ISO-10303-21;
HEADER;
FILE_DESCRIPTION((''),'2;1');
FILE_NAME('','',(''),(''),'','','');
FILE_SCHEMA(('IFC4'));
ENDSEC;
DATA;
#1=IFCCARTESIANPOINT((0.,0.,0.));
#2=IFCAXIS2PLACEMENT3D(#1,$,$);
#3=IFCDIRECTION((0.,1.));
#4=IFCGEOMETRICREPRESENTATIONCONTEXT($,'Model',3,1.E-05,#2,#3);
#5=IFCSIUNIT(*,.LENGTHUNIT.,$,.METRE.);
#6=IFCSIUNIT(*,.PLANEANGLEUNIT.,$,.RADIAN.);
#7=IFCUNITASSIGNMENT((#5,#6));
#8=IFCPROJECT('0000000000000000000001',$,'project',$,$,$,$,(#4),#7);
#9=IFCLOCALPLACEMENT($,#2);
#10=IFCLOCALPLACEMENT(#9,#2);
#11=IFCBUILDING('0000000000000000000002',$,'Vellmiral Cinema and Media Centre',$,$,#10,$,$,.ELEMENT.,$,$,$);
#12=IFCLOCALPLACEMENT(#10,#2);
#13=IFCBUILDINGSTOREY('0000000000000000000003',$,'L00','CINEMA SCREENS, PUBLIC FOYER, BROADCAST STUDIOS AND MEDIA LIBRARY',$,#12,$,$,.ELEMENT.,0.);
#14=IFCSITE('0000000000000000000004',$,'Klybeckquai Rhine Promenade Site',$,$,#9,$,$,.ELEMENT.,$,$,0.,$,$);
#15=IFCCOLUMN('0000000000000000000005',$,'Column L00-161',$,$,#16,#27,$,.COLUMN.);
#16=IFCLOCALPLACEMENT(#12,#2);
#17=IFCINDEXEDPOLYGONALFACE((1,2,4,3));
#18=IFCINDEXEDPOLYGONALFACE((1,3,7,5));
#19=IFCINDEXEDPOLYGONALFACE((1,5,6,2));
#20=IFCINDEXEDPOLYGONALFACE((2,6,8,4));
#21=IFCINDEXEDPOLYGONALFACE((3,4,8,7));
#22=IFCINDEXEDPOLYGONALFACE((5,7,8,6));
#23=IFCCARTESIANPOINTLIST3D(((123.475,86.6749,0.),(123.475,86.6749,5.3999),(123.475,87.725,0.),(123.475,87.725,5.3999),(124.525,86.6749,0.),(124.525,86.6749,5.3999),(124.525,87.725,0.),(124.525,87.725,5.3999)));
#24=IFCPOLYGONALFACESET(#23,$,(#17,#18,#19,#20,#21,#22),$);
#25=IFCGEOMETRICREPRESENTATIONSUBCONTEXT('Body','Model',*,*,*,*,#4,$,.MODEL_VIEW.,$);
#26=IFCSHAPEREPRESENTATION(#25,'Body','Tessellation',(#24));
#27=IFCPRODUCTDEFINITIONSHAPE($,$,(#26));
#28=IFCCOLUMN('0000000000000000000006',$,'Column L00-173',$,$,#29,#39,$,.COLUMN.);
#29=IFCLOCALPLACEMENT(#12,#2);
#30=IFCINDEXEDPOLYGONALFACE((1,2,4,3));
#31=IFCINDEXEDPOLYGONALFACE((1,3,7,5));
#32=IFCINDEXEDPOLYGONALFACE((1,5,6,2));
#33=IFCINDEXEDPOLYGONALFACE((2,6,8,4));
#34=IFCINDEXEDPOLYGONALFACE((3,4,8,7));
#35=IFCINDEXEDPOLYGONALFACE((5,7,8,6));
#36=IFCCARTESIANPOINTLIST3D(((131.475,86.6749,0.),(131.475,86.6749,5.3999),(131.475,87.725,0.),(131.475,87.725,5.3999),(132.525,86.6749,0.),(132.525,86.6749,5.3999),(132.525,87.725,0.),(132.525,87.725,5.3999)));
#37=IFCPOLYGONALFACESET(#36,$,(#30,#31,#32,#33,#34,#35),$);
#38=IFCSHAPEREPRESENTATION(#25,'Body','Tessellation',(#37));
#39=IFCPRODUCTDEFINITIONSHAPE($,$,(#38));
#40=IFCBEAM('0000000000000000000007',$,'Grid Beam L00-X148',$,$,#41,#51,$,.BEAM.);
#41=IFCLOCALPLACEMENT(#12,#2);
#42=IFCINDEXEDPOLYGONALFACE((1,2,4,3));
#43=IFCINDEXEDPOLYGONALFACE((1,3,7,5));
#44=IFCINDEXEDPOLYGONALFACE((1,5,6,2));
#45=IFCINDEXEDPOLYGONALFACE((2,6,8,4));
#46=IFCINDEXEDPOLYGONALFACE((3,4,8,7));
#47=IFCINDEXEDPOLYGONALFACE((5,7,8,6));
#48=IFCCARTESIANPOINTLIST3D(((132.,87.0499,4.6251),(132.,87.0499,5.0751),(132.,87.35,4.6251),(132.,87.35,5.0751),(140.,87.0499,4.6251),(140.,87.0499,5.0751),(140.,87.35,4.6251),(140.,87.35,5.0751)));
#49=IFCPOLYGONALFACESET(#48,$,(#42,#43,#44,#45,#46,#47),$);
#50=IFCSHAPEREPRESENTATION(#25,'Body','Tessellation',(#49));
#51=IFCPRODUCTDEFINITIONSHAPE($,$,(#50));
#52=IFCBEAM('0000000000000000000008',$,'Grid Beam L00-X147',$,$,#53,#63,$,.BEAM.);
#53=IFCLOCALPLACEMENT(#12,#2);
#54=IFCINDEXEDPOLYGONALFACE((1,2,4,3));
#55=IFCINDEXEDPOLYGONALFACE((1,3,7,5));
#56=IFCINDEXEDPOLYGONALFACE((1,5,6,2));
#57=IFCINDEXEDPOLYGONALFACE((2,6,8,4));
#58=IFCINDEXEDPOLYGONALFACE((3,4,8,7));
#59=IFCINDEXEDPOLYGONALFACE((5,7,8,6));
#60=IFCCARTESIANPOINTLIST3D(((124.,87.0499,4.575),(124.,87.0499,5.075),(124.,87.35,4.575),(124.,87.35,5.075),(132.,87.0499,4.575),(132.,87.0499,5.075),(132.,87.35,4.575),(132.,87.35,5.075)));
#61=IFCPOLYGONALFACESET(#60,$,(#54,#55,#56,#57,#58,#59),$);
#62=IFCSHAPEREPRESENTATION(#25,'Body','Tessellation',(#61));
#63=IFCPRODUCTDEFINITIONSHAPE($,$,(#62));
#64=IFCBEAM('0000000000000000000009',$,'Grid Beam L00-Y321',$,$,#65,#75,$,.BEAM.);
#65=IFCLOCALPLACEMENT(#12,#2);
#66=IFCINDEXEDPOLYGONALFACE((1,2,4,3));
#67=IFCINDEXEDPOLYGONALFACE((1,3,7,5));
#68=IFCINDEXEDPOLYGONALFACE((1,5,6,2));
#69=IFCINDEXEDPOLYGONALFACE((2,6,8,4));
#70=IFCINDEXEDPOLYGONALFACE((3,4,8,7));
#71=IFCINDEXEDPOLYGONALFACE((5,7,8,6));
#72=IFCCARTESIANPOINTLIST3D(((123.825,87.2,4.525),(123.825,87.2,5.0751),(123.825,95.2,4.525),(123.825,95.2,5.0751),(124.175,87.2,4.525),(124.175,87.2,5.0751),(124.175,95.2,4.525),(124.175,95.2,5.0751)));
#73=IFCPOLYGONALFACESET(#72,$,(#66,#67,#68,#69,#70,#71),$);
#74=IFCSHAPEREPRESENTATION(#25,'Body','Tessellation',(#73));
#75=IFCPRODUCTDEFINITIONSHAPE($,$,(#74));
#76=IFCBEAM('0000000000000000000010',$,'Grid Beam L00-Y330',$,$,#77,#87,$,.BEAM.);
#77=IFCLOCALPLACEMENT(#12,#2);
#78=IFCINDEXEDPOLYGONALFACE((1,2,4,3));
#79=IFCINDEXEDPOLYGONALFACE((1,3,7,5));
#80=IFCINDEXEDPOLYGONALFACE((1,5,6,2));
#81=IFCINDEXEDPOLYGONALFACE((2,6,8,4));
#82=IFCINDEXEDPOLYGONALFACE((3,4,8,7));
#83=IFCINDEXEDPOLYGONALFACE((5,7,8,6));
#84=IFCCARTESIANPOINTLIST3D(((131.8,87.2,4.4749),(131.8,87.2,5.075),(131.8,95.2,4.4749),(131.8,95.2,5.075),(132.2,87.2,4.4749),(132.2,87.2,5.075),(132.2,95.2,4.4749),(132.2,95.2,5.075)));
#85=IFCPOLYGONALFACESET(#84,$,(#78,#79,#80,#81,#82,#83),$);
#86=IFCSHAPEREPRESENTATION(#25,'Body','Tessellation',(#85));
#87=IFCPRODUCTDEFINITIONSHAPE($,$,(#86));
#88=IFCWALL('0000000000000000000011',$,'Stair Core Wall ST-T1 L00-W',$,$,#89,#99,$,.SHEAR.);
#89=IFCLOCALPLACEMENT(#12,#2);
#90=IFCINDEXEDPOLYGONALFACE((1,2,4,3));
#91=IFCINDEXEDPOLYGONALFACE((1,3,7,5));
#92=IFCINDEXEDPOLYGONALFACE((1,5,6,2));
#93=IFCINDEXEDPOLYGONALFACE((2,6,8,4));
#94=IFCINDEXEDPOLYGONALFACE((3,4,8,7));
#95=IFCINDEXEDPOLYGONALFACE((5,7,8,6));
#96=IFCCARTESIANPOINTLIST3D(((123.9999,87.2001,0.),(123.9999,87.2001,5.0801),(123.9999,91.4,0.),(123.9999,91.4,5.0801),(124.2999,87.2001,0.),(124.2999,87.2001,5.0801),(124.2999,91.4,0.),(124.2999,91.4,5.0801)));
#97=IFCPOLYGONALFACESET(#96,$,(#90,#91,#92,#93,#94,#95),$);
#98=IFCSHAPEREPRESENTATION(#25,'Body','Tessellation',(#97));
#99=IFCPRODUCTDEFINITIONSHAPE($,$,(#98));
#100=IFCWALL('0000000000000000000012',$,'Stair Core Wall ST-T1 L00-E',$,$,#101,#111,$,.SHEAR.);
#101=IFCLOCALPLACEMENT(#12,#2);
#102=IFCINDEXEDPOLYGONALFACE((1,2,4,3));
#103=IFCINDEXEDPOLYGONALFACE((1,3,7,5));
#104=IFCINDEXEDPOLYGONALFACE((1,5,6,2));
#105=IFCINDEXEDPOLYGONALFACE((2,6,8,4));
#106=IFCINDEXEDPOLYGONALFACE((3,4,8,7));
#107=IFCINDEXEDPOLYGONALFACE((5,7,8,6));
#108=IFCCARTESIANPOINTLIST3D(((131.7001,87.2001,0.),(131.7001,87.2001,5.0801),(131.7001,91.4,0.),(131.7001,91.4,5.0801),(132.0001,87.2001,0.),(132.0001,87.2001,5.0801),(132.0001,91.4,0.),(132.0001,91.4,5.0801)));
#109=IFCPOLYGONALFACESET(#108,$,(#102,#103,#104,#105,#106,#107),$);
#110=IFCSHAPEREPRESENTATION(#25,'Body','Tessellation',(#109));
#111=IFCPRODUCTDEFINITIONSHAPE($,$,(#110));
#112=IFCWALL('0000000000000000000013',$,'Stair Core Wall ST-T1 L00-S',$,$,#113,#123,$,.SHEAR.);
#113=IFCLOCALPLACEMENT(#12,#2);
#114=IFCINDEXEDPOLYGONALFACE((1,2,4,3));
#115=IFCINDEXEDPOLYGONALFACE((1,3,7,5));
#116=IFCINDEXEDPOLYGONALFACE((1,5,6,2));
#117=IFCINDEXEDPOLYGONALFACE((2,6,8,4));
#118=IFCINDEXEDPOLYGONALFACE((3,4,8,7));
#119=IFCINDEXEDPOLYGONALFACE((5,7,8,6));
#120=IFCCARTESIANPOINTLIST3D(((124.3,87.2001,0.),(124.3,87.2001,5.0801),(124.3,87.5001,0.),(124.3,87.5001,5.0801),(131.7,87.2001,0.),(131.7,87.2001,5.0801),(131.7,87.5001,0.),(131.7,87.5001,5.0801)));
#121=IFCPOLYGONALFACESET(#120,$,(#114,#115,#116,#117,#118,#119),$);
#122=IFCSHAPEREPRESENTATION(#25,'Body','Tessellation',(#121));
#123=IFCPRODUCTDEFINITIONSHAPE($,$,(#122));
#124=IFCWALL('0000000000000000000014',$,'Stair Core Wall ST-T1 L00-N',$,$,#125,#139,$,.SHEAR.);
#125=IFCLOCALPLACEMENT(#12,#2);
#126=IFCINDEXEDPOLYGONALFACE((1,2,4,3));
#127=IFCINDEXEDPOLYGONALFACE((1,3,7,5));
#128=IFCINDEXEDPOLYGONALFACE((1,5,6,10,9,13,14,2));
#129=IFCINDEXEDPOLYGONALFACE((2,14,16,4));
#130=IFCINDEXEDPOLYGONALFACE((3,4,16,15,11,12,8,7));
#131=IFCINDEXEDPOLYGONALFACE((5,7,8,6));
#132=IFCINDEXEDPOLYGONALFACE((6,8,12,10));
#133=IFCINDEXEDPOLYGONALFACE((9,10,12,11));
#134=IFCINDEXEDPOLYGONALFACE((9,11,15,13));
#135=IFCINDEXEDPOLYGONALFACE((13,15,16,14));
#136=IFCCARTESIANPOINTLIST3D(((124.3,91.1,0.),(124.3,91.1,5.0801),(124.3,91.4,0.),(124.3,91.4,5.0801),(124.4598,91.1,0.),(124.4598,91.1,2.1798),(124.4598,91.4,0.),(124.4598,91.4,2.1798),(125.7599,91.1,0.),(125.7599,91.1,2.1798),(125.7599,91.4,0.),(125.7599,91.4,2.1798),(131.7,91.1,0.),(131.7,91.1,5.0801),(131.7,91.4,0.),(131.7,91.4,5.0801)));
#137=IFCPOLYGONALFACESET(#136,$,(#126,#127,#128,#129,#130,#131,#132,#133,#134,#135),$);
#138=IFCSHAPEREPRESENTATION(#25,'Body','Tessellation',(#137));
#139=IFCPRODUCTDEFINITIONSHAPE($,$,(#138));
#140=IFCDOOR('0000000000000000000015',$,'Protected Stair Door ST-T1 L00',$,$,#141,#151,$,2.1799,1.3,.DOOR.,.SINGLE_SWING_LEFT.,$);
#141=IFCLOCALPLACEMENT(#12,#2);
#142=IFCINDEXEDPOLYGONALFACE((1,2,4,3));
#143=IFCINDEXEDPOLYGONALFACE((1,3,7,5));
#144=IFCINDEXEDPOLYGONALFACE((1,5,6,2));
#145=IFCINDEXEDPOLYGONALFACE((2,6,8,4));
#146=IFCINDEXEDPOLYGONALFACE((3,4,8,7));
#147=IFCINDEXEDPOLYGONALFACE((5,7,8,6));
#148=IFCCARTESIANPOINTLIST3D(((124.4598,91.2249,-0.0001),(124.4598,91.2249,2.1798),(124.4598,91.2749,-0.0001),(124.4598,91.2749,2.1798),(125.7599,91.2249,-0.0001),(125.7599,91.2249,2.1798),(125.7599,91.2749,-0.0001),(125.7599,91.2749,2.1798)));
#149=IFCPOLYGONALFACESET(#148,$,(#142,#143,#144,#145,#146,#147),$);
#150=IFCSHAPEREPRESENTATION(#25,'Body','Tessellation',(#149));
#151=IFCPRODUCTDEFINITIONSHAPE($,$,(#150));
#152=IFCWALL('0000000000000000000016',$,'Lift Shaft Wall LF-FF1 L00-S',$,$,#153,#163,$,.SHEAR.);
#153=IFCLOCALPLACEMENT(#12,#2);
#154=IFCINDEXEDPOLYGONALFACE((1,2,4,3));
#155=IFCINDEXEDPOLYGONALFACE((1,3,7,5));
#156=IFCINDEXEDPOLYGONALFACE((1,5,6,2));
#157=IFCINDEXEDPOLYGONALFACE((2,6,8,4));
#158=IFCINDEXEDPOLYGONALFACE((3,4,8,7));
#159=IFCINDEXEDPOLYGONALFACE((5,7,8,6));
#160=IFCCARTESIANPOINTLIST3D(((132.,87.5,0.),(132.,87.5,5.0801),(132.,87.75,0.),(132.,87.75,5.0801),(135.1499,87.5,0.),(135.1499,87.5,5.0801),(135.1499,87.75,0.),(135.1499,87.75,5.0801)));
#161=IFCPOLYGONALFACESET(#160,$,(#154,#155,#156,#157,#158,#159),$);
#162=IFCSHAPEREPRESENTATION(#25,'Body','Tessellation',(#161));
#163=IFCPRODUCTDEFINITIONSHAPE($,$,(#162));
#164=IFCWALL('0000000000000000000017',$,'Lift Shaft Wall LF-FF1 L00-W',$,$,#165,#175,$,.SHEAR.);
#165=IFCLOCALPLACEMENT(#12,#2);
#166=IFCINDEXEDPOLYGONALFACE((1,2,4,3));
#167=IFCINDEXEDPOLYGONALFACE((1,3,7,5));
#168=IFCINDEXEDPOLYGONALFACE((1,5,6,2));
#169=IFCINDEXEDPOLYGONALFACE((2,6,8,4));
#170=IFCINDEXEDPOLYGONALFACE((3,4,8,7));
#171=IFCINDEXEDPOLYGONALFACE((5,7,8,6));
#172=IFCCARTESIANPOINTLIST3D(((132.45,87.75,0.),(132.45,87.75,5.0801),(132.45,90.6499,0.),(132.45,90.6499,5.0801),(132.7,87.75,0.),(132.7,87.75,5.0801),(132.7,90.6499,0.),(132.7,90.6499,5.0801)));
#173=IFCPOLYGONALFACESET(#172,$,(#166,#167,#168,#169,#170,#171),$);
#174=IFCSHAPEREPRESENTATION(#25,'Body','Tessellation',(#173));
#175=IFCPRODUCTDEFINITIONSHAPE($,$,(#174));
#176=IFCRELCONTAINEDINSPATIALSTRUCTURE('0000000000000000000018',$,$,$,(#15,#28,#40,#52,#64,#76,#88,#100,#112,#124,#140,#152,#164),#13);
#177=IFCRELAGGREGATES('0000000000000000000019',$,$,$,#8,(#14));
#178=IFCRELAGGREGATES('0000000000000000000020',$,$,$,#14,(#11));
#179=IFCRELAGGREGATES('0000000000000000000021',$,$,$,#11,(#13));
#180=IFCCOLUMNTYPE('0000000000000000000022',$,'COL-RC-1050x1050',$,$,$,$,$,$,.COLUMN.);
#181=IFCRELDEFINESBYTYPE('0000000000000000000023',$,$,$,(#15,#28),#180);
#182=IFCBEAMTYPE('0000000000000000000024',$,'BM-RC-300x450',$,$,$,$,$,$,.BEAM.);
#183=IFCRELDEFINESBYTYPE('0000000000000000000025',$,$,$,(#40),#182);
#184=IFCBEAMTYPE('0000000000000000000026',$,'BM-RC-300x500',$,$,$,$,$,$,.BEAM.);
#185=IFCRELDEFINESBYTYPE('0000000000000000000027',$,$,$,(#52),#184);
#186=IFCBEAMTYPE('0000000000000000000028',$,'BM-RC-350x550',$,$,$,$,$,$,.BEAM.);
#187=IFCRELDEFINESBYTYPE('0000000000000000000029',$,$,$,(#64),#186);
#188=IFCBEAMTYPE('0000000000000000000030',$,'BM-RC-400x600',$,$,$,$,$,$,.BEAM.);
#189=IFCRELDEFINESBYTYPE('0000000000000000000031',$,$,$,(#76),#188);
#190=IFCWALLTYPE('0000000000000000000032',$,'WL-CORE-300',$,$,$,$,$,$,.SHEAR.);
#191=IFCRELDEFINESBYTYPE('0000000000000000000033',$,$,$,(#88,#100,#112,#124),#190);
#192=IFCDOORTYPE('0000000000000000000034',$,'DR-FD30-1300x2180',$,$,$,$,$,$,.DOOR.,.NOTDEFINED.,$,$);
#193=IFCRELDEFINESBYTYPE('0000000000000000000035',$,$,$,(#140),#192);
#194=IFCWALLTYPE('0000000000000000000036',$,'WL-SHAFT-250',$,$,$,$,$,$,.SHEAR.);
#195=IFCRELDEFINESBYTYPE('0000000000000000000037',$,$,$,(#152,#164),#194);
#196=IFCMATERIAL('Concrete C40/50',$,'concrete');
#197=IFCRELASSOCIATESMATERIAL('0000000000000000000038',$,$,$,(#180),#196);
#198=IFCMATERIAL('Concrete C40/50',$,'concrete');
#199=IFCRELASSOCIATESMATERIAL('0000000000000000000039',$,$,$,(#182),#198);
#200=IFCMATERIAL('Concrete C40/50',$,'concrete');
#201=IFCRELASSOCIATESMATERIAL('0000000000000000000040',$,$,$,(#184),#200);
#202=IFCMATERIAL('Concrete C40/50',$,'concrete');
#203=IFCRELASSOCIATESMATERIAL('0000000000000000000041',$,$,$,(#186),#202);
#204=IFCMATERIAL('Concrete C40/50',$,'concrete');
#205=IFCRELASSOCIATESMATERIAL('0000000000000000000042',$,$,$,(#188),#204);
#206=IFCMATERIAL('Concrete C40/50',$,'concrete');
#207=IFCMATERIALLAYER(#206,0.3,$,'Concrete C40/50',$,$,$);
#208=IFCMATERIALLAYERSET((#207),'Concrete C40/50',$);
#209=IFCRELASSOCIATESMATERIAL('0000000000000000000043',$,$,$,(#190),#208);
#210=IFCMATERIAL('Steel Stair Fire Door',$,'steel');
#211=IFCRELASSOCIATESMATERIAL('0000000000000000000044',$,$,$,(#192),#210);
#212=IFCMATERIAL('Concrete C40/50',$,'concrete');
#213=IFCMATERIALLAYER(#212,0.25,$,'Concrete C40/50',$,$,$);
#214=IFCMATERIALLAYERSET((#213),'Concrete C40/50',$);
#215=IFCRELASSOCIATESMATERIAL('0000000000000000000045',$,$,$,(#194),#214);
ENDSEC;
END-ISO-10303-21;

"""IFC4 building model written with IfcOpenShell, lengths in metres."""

from ifc_helpers import new_model, si_unit, direction, frame, frame_2d, origin, origin_2d, place, context, subcontext, project, spatial, rectangle, extrude, material, layer, layer_set, material_profile, profile_set, type_object, element, fill, save


model = new_model("IFC4")

# Units and contexts
model_context = context("Model", 3, precision=1e-05, world=origin(), true_north=direction((0.0, 1.0)))
body_context = subcontext(model_context, "Body", "Model", "MODEL_VIEW")
ifc_project = project(units=[si_unit("LENGTHUNIT", "METRE"), si_unit("PLANEANGLEUNIT", "RADIAN")], contexts=[model_context])

# Site, building, storey
site_placement = place(None, origin())
site = spatial("IfcSite", under=ifc_project, at=site_placement, Name="Klybeckquai Rhine Promenade Site", CompositionType="ELEMENT", RefElevation=0.0)
building_placement = place(site_placement, origin())
building = spatial("IfcBuilding", under=site, at=building_placement, Name="Vellmiral Cinema and Media Centre", CompositionType="ELEMENT")
storey_placement = place(building_placement, origin())
storey = spatial("IfcBuildingStorey", under=building, at=storey_placement, Name="L00", Description="CINEMA SCREENS, PUBLIC FOYER, BROADCAST STUDIOS AND MEDIA LIBRARY", CompositionType="ELEMENT", Elevation=0.0)

# Columns
ifc_material_1 = material(Name="Concrete C40/50", Category="concrete")
ifc_material_profile_1 = material_profile(ifc_material_1, rectangle(XDim=1.05, YDim=1.05, at=origin_2d()), Name="RC 1050x1050")
ifc_profile_set_1 = profile_set([ifc_material_profile_1], Name="Concrete C40/50")
column_type = type_object("IfcColumnType", Name="COL-RC-1050x1050", PredefinedType="COLUMN", material=ifc_profile_set_1)
for number, where, z_axis, x_axis, name in (
    (1, (124.0, 87.2, 0.0), (0.0, 0.0, 1.0), (1.0, 0.0, 0.0), "Column L00-161"),
    (2, (132.0, 87.2, 0.0), (0.0, 0.0, 1.0), (1.0, 0.0, 0.0), "Column L00-173"),
):
    element("IfcColumn", number, at=place(storey_placement, frame(where, z_axis=z_axis, x_axis=x_axis)), inside=storey, type_object=column_type, Name=name, PredefinedType="COLUMN", context=body_context, shape_type="SweptSolid", body=[
        extrude(rectangle(XDim=1.05, YDim=1.05, at=origin_2d()), origin(), (0.0, 0.0, 1.0), 5.3999),
    ])

# Beams
ifc_material_2 = material(Name="Concrete C40/50", Category="concrete")
ifc_material_profile_2 = material_profile(ifc_material_2, rectangle(XDim=0.3, YDim=0.45, at=origin_2d()), Name="RC 300x450")
ifc_profile_set_2 = profile_set([ifc_material_profile_2], Name="Concrete C40/50")
beam_type_1 = type_object("IfcBeamType", Name="BM-RC-300x450", PredefinedType="BEAM", material=ifc_profile_set_2)
beam_1_placement = place(storey_placement, frame((132.0, 87.2, 4.8501), z_axis=(1.0, 0.0, 0.0), x_axis=(0.0, 1.0, 0.0)))
element("IfcBeam", 3, at=beam_1_placement, inside=storey, type_object=beam_type_1, Name="Grid Beam L00-X148", PredefinedType="BEAM", context=body_context, shape_type="SweptSolid", body=[
    extrude(rectangle(XDim=0.3, YDim=0.45, at=origin_2d()), origin(), (0.0, 0.0, 1.0), 8.0),
])
ifc_material_3 = material(Name="Concrete C40/50", Category="concrete")
ifc_material_profile_3 = material_profile(ifc_material_3, rectangle(XDim=0.3, YDim=0.5, at=origin_2d()), Name="RC 300x500")
ifc_profile_set_3 = profile_set([ifc_material_profile_3], Name="Concrete C40/50")
beam_type_2 = type_object("IfcBeamType", Name="BM-RC-300x500", PredefinedType="BEAM", material=ifc_profile_set_3)
beam_2_placement = place(storey_placement, frame((124.0, 87.2, 4.825), z_axis=(1.0, 0.0, 0.0), x_axis=(0.0, 1.0, 0.0)))
element("IfcBeam", 4, at=beam_2_placement, inside=storey, type_object=beam_type_2, Name="Grid Beam L00-X147", PredefinedType="BEAM", context=body_context, shape_type="SweptSolid", body=[
    extrude(rectangle(XDim=0.3, YDim=0.5, at=origin_2d()), origin(), (0.0, 0.0, 1.0), 8.0),
])
ifc_material_4 = material(Name="Concrete C40/50", Category="concrete")
ifc_material_profile_4 = material_profile(ifc_material_4, rectangle(XDim=0.3501, YDim=0.55, at=origin_2d()), Name="RC 350x550")
ifc_profile_set_4 = profile_set([ifc_material_profile_4], Name="Concrete C40/50")
beam_type_3 = type_object("IfcBeamType", Name="BM-RC-350x550", PredefinedType="BEAM", material=ifc_profile_set_4)
beam_3_placement = place(storey_placement, frame((124.0, 87.2, 4.8), z_axis=(0.0, 1.0, 0.0), x_axis=(-1.0, 0.0, 0.0)))
element("IfcBeam", 5, at=beam_3_placement, inside=storey, type_object=beam_type_3, Name="Grid Beam L00-Y321", PredefinedType="BEAM", context=body_context, shape_type="SweptSolid", body=[
    extrude(rectangle(XDim=0.3501, YDim=0.55, at=origin_2d()), origin(), (0.0, 0.0, 1.0), 8.0),
])
ifc_material_5 = material(Name="Concrete C40/50", Category="concrete")
ifc_material_profile_5 = material_profile(ifc_material_5, rectangle(XDim=0.3999, YDim=0.6001, at=origin_2d()), Name="RC 400x600")
ifc_profile_set_5 = profile_set([ifc_material_profile_5], Name="Concrete C40/50")
beam_type_4 = type_object("IfcBeamType", Name="BM-RC-400x600", PredefinedType="BEAM", material=ifc_profile_set_5)
beam_4_placement = place(storey_placement, frame((132.0, 87.2, 4.7749), z_axis=(0.0, 1.0, 0.0), x_axis=(-1.0, 0.0, 0.0)))
element("IfcBeam", 6, at=beam_4_placement, inside=storey, type_object=beam_type_4, Name="Grid Beam L00-Y330", PredefinedType="BEAM", context=body_context, shape_type="SweptSolid", body=[
    extrude(rectangle(XDim=0.3999, YDim=0.6001, at=origin_2d()), origin(), (0.0, 0.0, 1.0), 8.0),
])

# Walls
ifc_material_6 = material(Name="Concrete C40/50", Category="concrete")
ifc_layer_1 = layer(ifc_material_6, 0.3, Name="Concrete C40/50")
ifc_layer_set_1 = layer_set([ifc_layer_1], Name="Concrete C40/50")
wall_type_1 = type_object("IfcWallType", Name="WL-CORE-300", PredefinedType="SHEAR", material=ifc_layer_set_1)
for number, where, z_axis, x_axis, name in (
    (7, (124.1499, 87.2, 0.0), (0.0, 0.0, 1.0), (0.0, 1.0, 0.0), "Stair Core Wall ST-T1 L00-W"),
    (8, (131.8501, 87.2, 0.0), (0.0, 0.0, 1.0), (0.0, 1.0, 0.0), "Stair Core Wall ST-T1 L00-E"),
):
    element("IfcWall", number, at=place(storey_placement, frame(where, z_axis=z_axis, x_axis=x_axis)), inside=storey, type_object=wall_type_1, Name=name, PredefinedType="SHEAR", context=body_context, shape_type="SweptSolid", body=[
        extrude(rectangle(XDim=4.2, YDim=0.3, at=frame_2d((2.1001, 0.0))), origin(), (0.0, 0.0, 1.0), 5.0801),
    ])
wall_1_placement = place(storey_placement, frame((124.3, 87.3501, 0.0), z_axis=(0.0, 0.0, 1.0), x_axis=(1.0, 0.0, 0.0)))
element("IfcWall", 9, at=wall_1_placement, inside=storey, type_object=wall_type_1, Name="Stair Core Wall ST-T1 L00-S", PredefinedType="SHEAR", context=body_context, shape_type="SweptSolid", body=[
    extrude(rectangle(XDim=7.3999, YDim=0.3, at=frame_2d((3.7, 0.0))), origin(), (0.0, 0.0, 1.0), 5.0801),
])

# Wall, opening, door
wall_2_placement = place(storey_placement, frame((124.3, 91.25, 0.0), z_axis=(0.0, 0.0, 1.0), x_axis=(1.0, 0.0, 0.0)))
wall_2 = element("IfcWall", 10, at=wall_2_placement, inside=storey, type_object=wall_type_1, Name="Stair Core Wall ST-T1 L00-N", PredefinedType="SHEAR", context=body_context, shape_type="SweptSolid", body=[
    extrude(rectangle(XDim=7.3999, YDim=0.3, at=frame_2d((3.7, 0.0))), origin(), (0.0, 0.0, 1.0), 5.0801),
])
opening_1_placement = place(wall_2_placement, frame((0.1599, 0.0, 0.0)))
opening_1 = element("IfcOpeningElement", 11, at=opening_1_placement, cuts=wall_2, PredefinedType="OPENING", context=body_context, shape_type="SweptSolid", body=[
    extrude(rectangle(XDim=1.3, YDim=2.1799, at=frame_2d((0.6499, 1.0898))), frame((0.0, 0.1621, 0.0), z_axis=(0.0, -1.0, 0.0), x_axis=(1.0, 0.0, 0.0)), (0.0, 0.0, 1.0), 0.324),
])
ifc_material_7 = material(Name="Steel Stair Fire Door", Category="steel")
door_type_1 = type_object("IfcDoorType", Name="DR-FD30-1300x2180", OperationType="NOTDEFINED", PredefinedType="DOOR", material=ifc_material_7)
door_1_placement = place(opening_1_placement, origin())
door_1 = element("IfcDoor", 12, at=door_1_placement, inside=storey, type_object=door_type_1, Name="Protected Stair Door ST-T1 L00", OperationType="SINGLE_SWING_LEFT", OverallHeight=2.1799, OverallWidth=1.3, PredefinedType="DOOR", context=body_context, shape_type="SweptSolid", body=[
    extrude(rectangle(XDim=1.3, YDim=2.1799, at=frame_2d((0.6499, 1.0898))), frame((0.0, 0.0249, 0.0), z_axis=(0.0, -1.0, 0.0), x_axis=(1.0, 0.0, 0.0)), (0.0, 0.0, 1.0), 0.05),
])
fill(opening_1, door_1)

# Wall
ifc_material_8 = material(Name="Concrete C40/50", Category="concrete")
ifc_layer_2 = layer(ifc_material_8, 0.25, Name="Concrete C40/50")
ifc_layer_set_2 = layer_set([ifc_layer_2], Name="Concrete C40/50")
wall_type_2 = type_object("IfcWallType", Name="WL-SHAFT-250", PredefinedType="SHEAR", material=ifc_layer_set_2)
wall_3_placement = place(storey_placement, frame((132.0, 87.625, 0.0), z_axis=(0.0, 0.0, 1.0), x_axis=(1.0, 0.0, 0.0)))
element("IfcWall", 13, at=wall_3_placement, inside=storey, type_object=wall_type_2, Name="Lift Shaft Wall LF-FF1 L00-S", PredefinedType="SHEAR", context=body_context, shape_type="SweptSolid", body=[
    extrude(rectangle(XDim=3.1499, YDim=0.25, at=frame_2d((1.575, 0.0))), origin(), (0.0, 0.0, 1.0), 5.0801),
])

# Wall
wall_4_placement = place(storey_placement, frame((132.575, 87.75, 0.0), z_axis=(0.0, 0.0, 1.0), x_axis=(0.0, 1.0, 0.0)))
element("IfcWall", 14, at=wall_4_placement, inside=storey, type_object=wall_type_2, Name="Lift Shaft Wall LF-FF1 L00-W", PredefinedType="SHEAR", context=body_context, shape_type="SweptSolid", body=[
    extrude(rectangle(XDim=2.8999, YDim=0.25, at=frame_2d((1.45, 0.0))), origin(), (0.0, 0.0, 1.0), 5.0801),
])

save(model, "model.ifc")
